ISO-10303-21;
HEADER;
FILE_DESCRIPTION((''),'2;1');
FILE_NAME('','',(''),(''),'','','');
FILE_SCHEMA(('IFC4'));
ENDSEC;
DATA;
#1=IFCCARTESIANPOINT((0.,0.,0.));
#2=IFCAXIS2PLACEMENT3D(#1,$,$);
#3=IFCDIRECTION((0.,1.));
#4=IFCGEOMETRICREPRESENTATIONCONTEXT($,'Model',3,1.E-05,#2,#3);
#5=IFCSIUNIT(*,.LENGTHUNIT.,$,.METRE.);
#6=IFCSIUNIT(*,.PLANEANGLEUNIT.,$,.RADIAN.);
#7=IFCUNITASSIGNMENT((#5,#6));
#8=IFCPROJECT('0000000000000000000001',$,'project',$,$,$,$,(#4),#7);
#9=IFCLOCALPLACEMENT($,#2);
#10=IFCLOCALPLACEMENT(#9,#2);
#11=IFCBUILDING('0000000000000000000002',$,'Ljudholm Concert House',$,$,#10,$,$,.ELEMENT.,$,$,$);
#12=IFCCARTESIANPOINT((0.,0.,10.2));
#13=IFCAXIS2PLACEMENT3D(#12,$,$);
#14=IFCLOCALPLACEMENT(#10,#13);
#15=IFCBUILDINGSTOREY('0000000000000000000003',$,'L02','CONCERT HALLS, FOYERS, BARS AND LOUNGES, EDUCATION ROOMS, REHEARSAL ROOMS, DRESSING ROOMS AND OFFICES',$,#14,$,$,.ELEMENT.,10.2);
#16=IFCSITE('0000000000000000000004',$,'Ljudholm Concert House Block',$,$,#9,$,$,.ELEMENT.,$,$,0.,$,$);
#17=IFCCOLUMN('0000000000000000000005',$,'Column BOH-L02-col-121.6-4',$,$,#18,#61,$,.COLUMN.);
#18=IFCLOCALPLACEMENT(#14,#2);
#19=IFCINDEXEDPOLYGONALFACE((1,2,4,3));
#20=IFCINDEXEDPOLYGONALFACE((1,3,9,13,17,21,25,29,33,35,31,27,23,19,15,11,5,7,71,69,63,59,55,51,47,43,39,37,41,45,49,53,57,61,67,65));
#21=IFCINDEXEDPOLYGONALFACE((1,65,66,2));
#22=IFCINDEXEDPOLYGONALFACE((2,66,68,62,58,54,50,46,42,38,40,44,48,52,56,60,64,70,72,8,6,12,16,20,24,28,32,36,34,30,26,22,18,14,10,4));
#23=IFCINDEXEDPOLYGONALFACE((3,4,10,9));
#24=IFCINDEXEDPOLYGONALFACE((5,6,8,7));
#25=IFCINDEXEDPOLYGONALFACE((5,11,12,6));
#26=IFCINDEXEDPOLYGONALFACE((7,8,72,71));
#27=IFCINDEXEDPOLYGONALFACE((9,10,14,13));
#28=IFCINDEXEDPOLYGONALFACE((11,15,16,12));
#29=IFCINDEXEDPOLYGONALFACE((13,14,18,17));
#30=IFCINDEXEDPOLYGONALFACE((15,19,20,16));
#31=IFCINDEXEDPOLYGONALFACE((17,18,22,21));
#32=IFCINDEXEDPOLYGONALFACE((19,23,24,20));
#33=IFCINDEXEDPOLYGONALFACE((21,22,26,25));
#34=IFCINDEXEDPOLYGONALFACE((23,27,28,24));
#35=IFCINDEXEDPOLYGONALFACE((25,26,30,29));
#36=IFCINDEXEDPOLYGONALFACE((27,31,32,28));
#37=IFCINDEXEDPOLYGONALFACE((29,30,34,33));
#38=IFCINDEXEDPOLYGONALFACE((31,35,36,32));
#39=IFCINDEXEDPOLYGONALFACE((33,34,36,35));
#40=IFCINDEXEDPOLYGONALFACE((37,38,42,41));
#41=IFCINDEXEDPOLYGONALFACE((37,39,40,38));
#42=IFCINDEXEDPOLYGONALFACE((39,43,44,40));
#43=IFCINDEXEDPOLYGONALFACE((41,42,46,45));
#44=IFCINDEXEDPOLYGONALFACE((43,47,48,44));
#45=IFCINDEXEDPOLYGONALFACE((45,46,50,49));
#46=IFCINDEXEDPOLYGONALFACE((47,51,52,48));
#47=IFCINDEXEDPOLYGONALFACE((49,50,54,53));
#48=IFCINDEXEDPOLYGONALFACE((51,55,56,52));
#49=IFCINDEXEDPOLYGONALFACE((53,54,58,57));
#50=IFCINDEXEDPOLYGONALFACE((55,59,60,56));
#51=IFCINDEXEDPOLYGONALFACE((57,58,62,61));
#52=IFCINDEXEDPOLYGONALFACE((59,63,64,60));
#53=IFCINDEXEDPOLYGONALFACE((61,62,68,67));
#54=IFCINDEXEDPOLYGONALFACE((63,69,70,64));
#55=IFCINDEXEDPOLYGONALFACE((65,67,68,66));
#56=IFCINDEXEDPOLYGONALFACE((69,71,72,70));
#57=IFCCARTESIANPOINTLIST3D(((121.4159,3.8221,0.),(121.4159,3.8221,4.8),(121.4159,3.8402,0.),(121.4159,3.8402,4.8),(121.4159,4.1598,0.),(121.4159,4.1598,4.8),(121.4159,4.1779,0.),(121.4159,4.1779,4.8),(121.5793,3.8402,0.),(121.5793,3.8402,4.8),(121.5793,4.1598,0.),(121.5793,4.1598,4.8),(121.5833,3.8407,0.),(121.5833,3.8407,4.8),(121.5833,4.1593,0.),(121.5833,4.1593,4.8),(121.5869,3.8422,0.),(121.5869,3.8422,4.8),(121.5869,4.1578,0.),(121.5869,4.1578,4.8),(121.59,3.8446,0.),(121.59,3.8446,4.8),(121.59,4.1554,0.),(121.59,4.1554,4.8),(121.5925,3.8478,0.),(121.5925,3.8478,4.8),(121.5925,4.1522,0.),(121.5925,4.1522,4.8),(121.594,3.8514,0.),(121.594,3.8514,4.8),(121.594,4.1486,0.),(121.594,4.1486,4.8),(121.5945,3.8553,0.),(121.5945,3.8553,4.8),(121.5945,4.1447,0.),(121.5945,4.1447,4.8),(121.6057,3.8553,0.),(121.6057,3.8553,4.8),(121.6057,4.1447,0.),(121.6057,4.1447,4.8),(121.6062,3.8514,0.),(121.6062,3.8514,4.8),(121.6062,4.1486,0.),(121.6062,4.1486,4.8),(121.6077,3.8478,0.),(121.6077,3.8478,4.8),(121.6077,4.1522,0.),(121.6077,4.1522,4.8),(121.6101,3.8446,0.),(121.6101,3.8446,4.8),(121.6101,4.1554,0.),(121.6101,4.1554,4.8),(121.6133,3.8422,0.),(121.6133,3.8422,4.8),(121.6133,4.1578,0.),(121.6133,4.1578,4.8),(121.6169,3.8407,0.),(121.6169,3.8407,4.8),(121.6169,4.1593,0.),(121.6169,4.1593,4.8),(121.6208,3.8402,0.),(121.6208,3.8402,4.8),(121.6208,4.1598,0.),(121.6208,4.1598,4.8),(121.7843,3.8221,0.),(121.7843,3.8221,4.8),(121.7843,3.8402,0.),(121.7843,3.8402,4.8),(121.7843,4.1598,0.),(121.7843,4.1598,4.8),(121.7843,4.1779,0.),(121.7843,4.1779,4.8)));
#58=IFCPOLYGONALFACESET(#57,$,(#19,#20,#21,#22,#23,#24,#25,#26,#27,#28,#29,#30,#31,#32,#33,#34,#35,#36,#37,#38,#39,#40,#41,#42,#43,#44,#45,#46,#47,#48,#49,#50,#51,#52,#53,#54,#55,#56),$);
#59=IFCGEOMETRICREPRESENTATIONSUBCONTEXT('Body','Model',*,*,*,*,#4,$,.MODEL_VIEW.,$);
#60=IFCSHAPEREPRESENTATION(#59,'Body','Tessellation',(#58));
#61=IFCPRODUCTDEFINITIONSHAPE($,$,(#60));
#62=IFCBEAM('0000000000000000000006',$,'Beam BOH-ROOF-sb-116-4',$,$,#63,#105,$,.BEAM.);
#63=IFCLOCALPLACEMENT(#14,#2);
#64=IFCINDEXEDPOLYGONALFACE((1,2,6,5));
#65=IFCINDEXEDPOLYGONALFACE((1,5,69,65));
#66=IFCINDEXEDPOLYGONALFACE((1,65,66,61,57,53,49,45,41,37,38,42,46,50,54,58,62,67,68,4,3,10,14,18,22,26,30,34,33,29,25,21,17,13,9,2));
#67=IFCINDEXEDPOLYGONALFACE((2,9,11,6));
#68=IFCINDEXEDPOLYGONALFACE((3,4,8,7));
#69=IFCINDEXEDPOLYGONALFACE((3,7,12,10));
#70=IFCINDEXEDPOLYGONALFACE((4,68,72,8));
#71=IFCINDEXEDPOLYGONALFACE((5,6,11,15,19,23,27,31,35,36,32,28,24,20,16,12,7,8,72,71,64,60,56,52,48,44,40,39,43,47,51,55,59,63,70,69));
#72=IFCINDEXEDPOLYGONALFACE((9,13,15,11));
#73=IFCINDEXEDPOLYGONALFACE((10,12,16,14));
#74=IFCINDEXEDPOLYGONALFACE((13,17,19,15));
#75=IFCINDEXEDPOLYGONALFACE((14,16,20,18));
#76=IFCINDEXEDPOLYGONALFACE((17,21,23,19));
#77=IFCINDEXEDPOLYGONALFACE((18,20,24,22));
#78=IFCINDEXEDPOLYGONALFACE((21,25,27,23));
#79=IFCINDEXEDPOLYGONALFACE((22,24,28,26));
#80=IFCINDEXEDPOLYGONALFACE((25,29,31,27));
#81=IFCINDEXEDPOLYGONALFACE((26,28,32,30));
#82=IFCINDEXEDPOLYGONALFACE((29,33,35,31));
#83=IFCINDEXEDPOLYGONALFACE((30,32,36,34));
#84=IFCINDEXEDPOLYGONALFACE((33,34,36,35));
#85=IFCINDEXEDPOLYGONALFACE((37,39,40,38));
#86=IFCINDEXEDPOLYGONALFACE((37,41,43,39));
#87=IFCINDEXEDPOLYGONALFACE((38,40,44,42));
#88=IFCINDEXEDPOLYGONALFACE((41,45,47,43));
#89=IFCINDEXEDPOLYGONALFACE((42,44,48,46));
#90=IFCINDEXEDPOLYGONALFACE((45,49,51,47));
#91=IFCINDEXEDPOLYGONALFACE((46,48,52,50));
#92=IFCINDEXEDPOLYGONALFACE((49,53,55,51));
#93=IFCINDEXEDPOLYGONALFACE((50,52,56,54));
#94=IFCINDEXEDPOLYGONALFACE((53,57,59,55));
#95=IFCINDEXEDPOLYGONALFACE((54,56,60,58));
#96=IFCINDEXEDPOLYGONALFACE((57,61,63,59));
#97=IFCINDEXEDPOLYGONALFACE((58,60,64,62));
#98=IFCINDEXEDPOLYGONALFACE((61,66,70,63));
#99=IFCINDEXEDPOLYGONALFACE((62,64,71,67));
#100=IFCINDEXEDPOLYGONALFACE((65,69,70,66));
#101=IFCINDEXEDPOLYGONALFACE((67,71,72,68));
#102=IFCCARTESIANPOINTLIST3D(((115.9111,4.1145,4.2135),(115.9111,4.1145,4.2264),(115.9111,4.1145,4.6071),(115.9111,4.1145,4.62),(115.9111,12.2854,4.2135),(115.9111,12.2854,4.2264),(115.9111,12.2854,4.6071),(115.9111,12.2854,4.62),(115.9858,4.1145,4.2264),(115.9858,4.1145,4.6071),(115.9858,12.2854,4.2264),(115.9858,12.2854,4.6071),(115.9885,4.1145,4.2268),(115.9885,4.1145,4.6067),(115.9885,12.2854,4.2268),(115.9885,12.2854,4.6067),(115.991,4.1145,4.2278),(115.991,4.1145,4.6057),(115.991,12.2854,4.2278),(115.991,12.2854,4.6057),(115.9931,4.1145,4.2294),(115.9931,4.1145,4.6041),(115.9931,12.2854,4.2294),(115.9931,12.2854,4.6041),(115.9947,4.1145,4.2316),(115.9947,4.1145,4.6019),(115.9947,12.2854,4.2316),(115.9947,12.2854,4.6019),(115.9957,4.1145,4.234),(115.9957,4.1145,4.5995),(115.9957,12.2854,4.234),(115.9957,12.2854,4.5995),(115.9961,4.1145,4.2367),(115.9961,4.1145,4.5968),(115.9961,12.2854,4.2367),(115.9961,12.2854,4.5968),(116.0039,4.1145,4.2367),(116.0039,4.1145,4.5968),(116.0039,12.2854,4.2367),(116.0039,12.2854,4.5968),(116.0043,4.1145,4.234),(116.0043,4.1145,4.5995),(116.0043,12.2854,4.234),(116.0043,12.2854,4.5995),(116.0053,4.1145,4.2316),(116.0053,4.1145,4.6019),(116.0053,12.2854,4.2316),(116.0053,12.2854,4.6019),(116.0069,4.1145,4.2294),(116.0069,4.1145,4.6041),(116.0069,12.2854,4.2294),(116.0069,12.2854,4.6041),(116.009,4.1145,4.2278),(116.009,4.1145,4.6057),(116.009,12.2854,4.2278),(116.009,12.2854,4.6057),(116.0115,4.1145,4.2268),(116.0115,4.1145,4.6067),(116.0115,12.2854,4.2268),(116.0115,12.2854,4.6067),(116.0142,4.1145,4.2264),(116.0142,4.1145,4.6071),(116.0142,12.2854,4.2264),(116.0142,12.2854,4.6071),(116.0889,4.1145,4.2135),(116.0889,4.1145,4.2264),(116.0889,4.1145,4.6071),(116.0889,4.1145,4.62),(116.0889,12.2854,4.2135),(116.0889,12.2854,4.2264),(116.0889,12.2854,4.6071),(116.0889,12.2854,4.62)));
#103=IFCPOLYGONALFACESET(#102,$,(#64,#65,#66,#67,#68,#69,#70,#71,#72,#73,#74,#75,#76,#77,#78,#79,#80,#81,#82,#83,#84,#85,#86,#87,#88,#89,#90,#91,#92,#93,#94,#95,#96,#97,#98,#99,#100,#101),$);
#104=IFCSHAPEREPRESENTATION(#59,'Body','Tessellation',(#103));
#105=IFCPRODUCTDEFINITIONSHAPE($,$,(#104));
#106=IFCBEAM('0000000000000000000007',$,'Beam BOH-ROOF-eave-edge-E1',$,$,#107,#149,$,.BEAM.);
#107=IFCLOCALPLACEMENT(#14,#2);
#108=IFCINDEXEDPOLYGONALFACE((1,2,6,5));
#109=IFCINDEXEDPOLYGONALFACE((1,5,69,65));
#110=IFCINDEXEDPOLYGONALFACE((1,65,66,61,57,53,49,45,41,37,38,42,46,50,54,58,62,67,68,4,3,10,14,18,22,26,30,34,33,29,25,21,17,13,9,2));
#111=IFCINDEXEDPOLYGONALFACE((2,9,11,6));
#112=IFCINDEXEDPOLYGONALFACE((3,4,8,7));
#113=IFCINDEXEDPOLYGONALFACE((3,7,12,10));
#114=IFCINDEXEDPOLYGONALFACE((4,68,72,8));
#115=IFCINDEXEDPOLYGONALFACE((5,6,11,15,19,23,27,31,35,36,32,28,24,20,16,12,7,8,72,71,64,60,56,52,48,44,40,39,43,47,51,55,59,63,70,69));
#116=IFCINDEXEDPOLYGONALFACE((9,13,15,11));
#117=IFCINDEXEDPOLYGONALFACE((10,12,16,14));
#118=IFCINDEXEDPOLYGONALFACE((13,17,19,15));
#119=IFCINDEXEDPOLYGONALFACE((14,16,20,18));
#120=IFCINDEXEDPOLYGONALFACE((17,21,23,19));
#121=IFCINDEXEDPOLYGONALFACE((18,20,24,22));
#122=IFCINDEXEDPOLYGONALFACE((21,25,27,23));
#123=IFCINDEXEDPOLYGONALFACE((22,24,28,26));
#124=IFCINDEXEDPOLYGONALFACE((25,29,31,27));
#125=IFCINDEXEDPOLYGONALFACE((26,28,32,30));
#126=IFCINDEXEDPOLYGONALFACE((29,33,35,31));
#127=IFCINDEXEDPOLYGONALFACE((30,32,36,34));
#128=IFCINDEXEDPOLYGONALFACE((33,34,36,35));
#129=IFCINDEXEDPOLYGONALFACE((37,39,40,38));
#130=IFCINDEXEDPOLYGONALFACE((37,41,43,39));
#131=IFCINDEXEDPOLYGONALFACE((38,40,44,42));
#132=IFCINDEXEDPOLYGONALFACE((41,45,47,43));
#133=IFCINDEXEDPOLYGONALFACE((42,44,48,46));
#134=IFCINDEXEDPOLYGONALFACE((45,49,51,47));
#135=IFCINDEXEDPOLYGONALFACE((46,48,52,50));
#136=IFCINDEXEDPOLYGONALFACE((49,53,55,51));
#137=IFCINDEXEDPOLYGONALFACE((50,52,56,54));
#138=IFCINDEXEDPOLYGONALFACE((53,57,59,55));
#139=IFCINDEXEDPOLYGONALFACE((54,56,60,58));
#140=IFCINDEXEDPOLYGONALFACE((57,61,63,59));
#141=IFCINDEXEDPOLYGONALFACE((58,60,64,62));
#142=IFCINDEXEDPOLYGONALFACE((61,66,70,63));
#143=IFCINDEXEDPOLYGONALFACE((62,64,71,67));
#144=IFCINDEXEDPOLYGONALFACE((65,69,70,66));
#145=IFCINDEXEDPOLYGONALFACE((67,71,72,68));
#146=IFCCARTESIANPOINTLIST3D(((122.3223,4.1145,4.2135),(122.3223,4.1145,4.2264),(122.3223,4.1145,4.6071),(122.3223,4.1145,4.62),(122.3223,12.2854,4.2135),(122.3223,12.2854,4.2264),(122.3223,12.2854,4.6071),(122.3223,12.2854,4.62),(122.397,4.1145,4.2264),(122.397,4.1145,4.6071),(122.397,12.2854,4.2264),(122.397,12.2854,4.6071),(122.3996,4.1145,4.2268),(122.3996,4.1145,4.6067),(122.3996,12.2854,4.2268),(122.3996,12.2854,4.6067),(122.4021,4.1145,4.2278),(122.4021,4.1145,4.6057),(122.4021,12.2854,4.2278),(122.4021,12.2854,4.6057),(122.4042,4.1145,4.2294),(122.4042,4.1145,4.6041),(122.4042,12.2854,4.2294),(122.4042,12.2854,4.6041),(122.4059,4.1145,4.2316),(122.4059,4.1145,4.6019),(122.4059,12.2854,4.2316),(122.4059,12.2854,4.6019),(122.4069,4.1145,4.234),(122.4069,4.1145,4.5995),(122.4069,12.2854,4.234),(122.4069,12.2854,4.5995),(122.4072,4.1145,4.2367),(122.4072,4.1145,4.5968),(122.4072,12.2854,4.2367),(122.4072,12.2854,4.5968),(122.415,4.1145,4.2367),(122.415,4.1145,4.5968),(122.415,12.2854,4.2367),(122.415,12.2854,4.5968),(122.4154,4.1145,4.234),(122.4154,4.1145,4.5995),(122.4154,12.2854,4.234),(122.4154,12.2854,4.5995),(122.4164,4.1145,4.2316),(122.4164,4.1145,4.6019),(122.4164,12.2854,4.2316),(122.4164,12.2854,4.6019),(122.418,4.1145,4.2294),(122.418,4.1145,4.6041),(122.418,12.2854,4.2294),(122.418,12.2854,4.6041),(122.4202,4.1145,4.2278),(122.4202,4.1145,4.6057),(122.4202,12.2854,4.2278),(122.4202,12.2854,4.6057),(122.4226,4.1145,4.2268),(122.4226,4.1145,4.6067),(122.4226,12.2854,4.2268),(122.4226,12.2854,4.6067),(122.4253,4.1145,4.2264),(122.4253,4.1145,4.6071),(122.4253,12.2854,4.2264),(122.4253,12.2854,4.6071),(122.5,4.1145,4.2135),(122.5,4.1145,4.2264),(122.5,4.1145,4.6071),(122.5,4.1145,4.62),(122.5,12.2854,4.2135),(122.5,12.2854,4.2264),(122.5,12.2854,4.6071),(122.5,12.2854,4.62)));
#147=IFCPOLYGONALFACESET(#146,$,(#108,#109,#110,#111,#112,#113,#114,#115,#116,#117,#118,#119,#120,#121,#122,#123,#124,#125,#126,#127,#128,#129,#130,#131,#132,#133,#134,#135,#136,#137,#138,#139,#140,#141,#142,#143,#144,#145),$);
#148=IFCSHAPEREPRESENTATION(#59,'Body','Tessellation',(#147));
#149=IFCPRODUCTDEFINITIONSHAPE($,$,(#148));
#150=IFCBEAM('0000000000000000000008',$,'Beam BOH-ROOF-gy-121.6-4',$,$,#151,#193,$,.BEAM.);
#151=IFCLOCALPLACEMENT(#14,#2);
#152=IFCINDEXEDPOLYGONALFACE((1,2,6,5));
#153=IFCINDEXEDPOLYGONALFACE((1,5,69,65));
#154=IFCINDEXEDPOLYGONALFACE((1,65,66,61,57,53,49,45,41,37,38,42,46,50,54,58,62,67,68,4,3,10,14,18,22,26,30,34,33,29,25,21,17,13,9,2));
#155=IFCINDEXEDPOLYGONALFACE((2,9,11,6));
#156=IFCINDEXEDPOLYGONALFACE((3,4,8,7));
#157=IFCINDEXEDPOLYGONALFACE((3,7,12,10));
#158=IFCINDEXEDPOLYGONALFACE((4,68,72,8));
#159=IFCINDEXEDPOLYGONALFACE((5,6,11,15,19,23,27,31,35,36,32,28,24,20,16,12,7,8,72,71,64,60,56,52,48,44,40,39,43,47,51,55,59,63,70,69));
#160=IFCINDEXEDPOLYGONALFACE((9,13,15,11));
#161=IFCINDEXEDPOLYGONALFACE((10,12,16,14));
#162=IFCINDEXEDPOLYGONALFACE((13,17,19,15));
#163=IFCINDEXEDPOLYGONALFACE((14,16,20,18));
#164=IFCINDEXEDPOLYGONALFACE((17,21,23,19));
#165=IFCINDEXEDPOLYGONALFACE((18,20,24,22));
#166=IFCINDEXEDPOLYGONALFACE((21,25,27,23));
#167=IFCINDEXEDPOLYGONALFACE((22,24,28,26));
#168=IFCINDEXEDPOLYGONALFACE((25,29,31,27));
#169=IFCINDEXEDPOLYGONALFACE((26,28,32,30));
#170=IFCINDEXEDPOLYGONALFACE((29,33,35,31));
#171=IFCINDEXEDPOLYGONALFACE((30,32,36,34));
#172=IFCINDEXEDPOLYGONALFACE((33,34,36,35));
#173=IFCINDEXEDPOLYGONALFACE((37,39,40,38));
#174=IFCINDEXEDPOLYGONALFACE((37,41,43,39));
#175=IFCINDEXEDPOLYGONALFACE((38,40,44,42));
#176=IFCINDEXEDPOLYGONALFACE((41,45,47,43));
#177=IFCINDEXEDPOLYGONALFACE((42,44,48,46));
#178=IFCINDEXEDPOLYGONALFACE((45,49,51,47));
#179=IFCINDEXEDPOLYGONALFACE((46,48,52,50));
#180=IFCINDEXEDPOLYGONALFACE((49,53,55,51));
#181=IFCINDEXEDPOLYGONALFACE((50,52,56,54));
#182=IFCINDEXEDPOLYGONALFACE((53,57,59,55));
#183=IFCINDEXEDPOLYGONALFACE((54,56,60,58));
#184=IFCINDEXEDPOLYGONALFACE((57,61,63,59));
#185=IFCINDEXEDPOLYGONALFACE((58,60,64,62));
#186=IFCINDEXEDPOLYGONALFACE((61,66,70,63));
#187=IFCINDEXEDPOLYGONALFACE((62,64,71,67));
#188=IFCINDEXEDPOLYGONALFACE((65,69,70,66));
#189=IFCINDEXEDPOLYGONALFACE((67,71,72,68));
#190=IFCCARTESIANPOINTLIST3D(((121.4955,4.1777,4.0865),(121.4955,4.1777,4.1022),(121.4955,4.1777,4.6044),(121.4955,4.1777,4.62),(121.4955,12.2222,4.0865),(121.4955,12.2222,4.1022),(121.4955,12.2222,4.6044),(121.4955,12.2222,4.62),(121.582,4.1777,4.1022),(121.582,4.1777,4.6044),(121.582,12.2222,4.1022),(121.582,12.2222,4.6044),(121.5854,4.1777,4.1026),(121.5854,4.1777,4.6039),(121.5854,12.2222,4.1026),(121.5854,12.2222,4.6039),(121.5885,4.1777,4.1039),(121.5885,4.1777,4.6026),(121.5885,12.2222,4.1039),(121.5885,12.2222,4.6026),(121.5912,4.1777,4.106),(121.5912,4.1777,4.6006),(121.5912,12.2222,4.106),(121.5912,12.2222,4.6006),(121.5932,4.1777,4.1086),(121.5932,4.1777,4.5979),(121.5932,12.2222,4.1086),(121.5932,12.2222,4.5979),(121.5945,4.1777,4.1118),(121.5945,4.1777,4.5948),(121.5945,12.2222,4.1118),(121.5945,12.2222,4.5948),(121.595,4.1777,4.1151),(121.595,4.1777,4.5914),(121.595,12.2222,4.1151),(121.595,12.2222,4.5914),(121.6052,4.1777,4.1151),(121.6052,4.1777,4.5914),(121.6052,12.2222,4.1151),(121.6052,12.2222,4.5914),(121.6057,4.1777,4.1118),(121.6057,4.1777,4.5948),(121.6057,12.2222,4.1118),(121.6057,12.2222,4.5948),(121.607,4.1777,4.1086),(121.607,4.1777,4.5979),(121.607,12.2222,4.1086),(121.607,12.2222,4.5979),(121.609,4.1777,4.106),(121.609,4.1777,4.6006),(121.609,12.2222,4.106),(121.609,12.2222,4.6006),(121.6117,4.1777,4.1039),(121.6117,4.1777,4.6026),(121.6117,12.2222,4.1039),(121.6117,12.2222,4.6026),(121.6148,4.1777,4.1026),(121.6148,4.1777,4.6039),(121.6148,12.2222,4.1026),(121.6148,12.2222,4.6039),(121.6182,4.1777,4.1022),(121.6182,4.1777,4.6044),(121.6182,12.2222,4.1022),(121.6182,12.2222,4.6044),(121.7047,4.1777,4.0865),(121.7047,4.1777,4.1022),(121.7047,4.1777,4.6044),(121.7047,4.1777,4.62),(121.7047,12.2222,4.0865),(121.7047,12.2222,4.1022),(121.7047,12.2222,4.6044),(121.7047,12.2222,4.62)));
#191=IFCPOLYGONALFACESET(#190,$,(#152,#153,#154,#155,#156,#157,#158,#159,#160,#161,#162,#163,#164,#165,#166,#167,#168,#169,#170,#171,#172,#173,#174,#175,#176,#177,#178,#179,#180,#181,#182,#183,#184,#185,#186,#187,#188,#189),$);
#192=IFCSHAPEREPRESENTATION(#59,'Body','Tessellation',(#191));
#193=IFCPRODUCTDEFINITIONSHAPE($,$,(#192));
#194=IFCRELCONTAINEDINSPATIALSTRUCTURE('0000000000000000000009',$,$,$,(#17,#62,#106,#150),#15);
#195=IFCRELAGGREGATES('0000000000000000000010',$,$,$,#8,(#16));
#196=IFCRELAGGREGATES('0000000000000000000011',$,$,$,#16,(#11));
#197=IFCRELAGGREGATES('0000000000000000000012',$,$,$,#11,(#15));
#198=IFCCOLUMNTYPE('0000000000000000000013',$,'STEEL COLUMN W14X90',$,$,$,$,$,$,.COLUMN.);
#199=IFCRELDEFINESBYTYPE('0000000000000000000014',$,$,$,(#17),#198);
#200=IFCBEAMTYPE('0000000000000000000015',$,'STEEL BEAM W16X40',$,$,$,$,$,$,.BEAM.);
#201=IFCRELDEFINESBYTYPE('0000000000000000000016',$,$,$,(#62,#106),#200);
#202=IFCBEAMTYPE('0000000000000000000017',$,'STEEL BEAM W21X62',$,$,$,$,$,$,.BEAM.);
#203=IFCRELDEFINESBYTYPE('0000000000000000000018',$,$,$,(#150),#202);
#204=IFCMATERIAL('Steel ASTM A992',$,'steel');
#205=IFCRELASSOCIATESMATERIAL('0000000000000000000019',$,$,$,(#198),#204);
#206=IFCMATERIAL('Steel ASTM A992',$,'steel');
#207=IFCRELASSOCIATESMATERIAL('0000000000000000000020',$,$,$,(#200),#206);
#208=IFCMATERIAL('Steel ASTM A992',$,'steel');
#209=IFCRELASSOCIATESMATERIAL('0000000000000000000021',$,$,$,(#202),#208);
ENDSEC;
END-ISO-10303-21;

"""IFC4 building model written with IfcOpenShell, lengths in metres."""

from ifc_helpers import new_model, si_unit, direction, frame, origin, origin_2d, place, context, subcontext, project, spatial, i_section, extrude, material, material_profile, profile_set, type_object, element, save


model = new_model("IFC4")

# Units and contexts
model_context = context("Model", 3, precision=1e-05, world=origin(), true_north=direction((0.0, 1.0)))
body_context = subcontext(model_context, "Body", "Model", "MODEL_VIEW")
ifc_project = project(units=[si_unit("LENGTHUNIT", "METRE"), si_unit("PLANEANGLEUNIT", "RADIAN")], contexts=[model_context])

# Site, building, storey
site_placement = place(None, origin())
site = spatial("IfcSite", under=ifc_project, at=site_placement, Name="Ljudholm Concert House Block", CompositionType="ELEMENT", RefElevation=0.0)
building_placement = place(site_placement, origin())
building = spatial("IfcBuilding", under=site, at=building_placement, Name="Ljudholm Concert House", CompositionType="ELEMENT")
storey_placement = place(building_placement, frame((0.0, 0.0, 10.2)))
storey = spatial("IfcBuildingStorey", under=building, at=storey_placement, Name="L02", Description="CONCERT HALLS, FOYERS, BARS AND LOUNGES, EDUCATION ROOMS, REHEARSAL ROOMS, DRESSING ROOMS AND OFFICES", CompositionType="ELEMENT", Elevation=10.2)

# Column
ifc_material_1 = material(Name="Steel ASTM A992", Category="steel")
ifc_material_profile_1 = material_profile(ifc_material_1, i_section(OverallWidth=0.3684, OverallDepth=0.3557, WebThickness=0.0112, FlangeThickness=0.0181, FilletRadius=0.0151, at=origin_2d()), Name="W14X90")
ifc_profile_set_1 = profile_set([ifc_material_profile_1], Name="Steel ASTM A992")
column_type = type_object("IfcColumnType", Name="STEEL COLUMN W14X90", PredefinedType="COLUMN", material=ifc_profile_set_1)
column_placement = place(storey_placement, frame((121.6001, 4.0, 0.0), z_axis=(0.0, 0.0, 1.0), x_axis=(1.0, 0.0, 0.0)))
element("IfcColumn", 1, at=column_placement, inside=storey, type_object=column_type, Name="Column BOH-L02-col-121.6-4", PredefinedType="COLUMN", context=body_context, shape_type="SweptSolid", body=[
    extrude(i_section(OverallWidth=0.3684, OverallDepth=0.3557, WebThickness=0.0112, FlangeThickness=0.0181, FilletRadius=0.0151, at=origin_2d()), origin(), (0.0, 0.0, 1.0), 4.8),
])

# Beams
ifc_material_2 = material(Name="Steel ASTM A992", Category="steel")
ifc_material_profile_2 = material_profile(ifc_material_2, i_section(OverallWidth=0.1777, OverallDepth=0.4065, WebThickness=0.0078, FlangeThickness=0.0129, FilletRadius=0.0103, at=origin_2d()), Name="W16X40")
ifc_profile_set_2 = profile_set([ifc_material_profile_2], Name="Steel ASTM A992")
beam_type_1 = type_object("IfcBeamType", Name="STEEL BEAM W16X40", PredefinedType="BEAM", material=ifc_profile_set_2)
for number, where, z_axis, x_axis, name in (
    (2, (116.0, 4.1145, 4.4167), (0.0, 1.0, 0.0), (-1.0, 0.0, 0.0), "Beam BOH-ROOF-sb-116-4"),
    (3, (122.4111, 4.1145, 4.4167), (0.0, 1.0, 0.0), (-1.0, 0.0, 0.0), "Beam BOH-ROOF-eave-edge-E1"),
):
    element("IfcBeam", number, at=place(storey_placement, frame(where, z_axis=z_axis, x_axis=x_axis)), inside=storey, type_object=beam_type_1, Name=name, PredefinedType="BEAM", context=body_context, shape_type="SweptSolid", body=[
        extrude(i_section(OverallWidth=0.1777, OverallDepth=0.4065, WebThickness=0.0078, FlangeThickness=0.0129, FilletRadius=0.0103, at=origin_2d()), origin(), (0.0, 0.0, 1.0), 8.1709),
    ])
ifc_material_3 = material(Name="Steel ASTM A992", Category="steel")
ifc_material_profile_3 = material_profile(ifc_material_3, i_section(OverallWidth=0.2092, OverallDepth=0.5334, WebThickness=0.0103, FlangeThickness=0.0156, FilletRadius=0.0129, at=origin_2d()), Name="W21X62")
ifc_profile_set_3 = profile_set([ifc_material_profile_3], Name="Steel ASTM A992")
beam_type_2 = type_object("IfcBeamType", Name="STEEL BEAM W21X62", PredefinedType="BEAM", material=ifc_profile_set_3)
beam_1_placement = place(storey_placement, frame((121.6001, 4.1777, 4.3533), z_axis=(0.0, 1.0, 0.0), x_axis=(-1.0, 0.0, 0.0)))
element("IfcBeam", 4, at=beam_1_placement, inside=storey, type_object=beam_type_2, Name="Beam BOH-ROOF-gy-121.6-4", PredefinedType="BEAM", context=body_context, shape_type="SweptSolid", body=[
    extrude(i_section(OverallWidth=0.2092, OverallDepth=0.5334, WebThickness=0.0103, FlangeThickness=0.0156, FilletRadius=0.0129, at=origin_2d()), origin(), (0.0, 0.0, 1.0), 8.0444),
])

save(model, "model.ifc")
